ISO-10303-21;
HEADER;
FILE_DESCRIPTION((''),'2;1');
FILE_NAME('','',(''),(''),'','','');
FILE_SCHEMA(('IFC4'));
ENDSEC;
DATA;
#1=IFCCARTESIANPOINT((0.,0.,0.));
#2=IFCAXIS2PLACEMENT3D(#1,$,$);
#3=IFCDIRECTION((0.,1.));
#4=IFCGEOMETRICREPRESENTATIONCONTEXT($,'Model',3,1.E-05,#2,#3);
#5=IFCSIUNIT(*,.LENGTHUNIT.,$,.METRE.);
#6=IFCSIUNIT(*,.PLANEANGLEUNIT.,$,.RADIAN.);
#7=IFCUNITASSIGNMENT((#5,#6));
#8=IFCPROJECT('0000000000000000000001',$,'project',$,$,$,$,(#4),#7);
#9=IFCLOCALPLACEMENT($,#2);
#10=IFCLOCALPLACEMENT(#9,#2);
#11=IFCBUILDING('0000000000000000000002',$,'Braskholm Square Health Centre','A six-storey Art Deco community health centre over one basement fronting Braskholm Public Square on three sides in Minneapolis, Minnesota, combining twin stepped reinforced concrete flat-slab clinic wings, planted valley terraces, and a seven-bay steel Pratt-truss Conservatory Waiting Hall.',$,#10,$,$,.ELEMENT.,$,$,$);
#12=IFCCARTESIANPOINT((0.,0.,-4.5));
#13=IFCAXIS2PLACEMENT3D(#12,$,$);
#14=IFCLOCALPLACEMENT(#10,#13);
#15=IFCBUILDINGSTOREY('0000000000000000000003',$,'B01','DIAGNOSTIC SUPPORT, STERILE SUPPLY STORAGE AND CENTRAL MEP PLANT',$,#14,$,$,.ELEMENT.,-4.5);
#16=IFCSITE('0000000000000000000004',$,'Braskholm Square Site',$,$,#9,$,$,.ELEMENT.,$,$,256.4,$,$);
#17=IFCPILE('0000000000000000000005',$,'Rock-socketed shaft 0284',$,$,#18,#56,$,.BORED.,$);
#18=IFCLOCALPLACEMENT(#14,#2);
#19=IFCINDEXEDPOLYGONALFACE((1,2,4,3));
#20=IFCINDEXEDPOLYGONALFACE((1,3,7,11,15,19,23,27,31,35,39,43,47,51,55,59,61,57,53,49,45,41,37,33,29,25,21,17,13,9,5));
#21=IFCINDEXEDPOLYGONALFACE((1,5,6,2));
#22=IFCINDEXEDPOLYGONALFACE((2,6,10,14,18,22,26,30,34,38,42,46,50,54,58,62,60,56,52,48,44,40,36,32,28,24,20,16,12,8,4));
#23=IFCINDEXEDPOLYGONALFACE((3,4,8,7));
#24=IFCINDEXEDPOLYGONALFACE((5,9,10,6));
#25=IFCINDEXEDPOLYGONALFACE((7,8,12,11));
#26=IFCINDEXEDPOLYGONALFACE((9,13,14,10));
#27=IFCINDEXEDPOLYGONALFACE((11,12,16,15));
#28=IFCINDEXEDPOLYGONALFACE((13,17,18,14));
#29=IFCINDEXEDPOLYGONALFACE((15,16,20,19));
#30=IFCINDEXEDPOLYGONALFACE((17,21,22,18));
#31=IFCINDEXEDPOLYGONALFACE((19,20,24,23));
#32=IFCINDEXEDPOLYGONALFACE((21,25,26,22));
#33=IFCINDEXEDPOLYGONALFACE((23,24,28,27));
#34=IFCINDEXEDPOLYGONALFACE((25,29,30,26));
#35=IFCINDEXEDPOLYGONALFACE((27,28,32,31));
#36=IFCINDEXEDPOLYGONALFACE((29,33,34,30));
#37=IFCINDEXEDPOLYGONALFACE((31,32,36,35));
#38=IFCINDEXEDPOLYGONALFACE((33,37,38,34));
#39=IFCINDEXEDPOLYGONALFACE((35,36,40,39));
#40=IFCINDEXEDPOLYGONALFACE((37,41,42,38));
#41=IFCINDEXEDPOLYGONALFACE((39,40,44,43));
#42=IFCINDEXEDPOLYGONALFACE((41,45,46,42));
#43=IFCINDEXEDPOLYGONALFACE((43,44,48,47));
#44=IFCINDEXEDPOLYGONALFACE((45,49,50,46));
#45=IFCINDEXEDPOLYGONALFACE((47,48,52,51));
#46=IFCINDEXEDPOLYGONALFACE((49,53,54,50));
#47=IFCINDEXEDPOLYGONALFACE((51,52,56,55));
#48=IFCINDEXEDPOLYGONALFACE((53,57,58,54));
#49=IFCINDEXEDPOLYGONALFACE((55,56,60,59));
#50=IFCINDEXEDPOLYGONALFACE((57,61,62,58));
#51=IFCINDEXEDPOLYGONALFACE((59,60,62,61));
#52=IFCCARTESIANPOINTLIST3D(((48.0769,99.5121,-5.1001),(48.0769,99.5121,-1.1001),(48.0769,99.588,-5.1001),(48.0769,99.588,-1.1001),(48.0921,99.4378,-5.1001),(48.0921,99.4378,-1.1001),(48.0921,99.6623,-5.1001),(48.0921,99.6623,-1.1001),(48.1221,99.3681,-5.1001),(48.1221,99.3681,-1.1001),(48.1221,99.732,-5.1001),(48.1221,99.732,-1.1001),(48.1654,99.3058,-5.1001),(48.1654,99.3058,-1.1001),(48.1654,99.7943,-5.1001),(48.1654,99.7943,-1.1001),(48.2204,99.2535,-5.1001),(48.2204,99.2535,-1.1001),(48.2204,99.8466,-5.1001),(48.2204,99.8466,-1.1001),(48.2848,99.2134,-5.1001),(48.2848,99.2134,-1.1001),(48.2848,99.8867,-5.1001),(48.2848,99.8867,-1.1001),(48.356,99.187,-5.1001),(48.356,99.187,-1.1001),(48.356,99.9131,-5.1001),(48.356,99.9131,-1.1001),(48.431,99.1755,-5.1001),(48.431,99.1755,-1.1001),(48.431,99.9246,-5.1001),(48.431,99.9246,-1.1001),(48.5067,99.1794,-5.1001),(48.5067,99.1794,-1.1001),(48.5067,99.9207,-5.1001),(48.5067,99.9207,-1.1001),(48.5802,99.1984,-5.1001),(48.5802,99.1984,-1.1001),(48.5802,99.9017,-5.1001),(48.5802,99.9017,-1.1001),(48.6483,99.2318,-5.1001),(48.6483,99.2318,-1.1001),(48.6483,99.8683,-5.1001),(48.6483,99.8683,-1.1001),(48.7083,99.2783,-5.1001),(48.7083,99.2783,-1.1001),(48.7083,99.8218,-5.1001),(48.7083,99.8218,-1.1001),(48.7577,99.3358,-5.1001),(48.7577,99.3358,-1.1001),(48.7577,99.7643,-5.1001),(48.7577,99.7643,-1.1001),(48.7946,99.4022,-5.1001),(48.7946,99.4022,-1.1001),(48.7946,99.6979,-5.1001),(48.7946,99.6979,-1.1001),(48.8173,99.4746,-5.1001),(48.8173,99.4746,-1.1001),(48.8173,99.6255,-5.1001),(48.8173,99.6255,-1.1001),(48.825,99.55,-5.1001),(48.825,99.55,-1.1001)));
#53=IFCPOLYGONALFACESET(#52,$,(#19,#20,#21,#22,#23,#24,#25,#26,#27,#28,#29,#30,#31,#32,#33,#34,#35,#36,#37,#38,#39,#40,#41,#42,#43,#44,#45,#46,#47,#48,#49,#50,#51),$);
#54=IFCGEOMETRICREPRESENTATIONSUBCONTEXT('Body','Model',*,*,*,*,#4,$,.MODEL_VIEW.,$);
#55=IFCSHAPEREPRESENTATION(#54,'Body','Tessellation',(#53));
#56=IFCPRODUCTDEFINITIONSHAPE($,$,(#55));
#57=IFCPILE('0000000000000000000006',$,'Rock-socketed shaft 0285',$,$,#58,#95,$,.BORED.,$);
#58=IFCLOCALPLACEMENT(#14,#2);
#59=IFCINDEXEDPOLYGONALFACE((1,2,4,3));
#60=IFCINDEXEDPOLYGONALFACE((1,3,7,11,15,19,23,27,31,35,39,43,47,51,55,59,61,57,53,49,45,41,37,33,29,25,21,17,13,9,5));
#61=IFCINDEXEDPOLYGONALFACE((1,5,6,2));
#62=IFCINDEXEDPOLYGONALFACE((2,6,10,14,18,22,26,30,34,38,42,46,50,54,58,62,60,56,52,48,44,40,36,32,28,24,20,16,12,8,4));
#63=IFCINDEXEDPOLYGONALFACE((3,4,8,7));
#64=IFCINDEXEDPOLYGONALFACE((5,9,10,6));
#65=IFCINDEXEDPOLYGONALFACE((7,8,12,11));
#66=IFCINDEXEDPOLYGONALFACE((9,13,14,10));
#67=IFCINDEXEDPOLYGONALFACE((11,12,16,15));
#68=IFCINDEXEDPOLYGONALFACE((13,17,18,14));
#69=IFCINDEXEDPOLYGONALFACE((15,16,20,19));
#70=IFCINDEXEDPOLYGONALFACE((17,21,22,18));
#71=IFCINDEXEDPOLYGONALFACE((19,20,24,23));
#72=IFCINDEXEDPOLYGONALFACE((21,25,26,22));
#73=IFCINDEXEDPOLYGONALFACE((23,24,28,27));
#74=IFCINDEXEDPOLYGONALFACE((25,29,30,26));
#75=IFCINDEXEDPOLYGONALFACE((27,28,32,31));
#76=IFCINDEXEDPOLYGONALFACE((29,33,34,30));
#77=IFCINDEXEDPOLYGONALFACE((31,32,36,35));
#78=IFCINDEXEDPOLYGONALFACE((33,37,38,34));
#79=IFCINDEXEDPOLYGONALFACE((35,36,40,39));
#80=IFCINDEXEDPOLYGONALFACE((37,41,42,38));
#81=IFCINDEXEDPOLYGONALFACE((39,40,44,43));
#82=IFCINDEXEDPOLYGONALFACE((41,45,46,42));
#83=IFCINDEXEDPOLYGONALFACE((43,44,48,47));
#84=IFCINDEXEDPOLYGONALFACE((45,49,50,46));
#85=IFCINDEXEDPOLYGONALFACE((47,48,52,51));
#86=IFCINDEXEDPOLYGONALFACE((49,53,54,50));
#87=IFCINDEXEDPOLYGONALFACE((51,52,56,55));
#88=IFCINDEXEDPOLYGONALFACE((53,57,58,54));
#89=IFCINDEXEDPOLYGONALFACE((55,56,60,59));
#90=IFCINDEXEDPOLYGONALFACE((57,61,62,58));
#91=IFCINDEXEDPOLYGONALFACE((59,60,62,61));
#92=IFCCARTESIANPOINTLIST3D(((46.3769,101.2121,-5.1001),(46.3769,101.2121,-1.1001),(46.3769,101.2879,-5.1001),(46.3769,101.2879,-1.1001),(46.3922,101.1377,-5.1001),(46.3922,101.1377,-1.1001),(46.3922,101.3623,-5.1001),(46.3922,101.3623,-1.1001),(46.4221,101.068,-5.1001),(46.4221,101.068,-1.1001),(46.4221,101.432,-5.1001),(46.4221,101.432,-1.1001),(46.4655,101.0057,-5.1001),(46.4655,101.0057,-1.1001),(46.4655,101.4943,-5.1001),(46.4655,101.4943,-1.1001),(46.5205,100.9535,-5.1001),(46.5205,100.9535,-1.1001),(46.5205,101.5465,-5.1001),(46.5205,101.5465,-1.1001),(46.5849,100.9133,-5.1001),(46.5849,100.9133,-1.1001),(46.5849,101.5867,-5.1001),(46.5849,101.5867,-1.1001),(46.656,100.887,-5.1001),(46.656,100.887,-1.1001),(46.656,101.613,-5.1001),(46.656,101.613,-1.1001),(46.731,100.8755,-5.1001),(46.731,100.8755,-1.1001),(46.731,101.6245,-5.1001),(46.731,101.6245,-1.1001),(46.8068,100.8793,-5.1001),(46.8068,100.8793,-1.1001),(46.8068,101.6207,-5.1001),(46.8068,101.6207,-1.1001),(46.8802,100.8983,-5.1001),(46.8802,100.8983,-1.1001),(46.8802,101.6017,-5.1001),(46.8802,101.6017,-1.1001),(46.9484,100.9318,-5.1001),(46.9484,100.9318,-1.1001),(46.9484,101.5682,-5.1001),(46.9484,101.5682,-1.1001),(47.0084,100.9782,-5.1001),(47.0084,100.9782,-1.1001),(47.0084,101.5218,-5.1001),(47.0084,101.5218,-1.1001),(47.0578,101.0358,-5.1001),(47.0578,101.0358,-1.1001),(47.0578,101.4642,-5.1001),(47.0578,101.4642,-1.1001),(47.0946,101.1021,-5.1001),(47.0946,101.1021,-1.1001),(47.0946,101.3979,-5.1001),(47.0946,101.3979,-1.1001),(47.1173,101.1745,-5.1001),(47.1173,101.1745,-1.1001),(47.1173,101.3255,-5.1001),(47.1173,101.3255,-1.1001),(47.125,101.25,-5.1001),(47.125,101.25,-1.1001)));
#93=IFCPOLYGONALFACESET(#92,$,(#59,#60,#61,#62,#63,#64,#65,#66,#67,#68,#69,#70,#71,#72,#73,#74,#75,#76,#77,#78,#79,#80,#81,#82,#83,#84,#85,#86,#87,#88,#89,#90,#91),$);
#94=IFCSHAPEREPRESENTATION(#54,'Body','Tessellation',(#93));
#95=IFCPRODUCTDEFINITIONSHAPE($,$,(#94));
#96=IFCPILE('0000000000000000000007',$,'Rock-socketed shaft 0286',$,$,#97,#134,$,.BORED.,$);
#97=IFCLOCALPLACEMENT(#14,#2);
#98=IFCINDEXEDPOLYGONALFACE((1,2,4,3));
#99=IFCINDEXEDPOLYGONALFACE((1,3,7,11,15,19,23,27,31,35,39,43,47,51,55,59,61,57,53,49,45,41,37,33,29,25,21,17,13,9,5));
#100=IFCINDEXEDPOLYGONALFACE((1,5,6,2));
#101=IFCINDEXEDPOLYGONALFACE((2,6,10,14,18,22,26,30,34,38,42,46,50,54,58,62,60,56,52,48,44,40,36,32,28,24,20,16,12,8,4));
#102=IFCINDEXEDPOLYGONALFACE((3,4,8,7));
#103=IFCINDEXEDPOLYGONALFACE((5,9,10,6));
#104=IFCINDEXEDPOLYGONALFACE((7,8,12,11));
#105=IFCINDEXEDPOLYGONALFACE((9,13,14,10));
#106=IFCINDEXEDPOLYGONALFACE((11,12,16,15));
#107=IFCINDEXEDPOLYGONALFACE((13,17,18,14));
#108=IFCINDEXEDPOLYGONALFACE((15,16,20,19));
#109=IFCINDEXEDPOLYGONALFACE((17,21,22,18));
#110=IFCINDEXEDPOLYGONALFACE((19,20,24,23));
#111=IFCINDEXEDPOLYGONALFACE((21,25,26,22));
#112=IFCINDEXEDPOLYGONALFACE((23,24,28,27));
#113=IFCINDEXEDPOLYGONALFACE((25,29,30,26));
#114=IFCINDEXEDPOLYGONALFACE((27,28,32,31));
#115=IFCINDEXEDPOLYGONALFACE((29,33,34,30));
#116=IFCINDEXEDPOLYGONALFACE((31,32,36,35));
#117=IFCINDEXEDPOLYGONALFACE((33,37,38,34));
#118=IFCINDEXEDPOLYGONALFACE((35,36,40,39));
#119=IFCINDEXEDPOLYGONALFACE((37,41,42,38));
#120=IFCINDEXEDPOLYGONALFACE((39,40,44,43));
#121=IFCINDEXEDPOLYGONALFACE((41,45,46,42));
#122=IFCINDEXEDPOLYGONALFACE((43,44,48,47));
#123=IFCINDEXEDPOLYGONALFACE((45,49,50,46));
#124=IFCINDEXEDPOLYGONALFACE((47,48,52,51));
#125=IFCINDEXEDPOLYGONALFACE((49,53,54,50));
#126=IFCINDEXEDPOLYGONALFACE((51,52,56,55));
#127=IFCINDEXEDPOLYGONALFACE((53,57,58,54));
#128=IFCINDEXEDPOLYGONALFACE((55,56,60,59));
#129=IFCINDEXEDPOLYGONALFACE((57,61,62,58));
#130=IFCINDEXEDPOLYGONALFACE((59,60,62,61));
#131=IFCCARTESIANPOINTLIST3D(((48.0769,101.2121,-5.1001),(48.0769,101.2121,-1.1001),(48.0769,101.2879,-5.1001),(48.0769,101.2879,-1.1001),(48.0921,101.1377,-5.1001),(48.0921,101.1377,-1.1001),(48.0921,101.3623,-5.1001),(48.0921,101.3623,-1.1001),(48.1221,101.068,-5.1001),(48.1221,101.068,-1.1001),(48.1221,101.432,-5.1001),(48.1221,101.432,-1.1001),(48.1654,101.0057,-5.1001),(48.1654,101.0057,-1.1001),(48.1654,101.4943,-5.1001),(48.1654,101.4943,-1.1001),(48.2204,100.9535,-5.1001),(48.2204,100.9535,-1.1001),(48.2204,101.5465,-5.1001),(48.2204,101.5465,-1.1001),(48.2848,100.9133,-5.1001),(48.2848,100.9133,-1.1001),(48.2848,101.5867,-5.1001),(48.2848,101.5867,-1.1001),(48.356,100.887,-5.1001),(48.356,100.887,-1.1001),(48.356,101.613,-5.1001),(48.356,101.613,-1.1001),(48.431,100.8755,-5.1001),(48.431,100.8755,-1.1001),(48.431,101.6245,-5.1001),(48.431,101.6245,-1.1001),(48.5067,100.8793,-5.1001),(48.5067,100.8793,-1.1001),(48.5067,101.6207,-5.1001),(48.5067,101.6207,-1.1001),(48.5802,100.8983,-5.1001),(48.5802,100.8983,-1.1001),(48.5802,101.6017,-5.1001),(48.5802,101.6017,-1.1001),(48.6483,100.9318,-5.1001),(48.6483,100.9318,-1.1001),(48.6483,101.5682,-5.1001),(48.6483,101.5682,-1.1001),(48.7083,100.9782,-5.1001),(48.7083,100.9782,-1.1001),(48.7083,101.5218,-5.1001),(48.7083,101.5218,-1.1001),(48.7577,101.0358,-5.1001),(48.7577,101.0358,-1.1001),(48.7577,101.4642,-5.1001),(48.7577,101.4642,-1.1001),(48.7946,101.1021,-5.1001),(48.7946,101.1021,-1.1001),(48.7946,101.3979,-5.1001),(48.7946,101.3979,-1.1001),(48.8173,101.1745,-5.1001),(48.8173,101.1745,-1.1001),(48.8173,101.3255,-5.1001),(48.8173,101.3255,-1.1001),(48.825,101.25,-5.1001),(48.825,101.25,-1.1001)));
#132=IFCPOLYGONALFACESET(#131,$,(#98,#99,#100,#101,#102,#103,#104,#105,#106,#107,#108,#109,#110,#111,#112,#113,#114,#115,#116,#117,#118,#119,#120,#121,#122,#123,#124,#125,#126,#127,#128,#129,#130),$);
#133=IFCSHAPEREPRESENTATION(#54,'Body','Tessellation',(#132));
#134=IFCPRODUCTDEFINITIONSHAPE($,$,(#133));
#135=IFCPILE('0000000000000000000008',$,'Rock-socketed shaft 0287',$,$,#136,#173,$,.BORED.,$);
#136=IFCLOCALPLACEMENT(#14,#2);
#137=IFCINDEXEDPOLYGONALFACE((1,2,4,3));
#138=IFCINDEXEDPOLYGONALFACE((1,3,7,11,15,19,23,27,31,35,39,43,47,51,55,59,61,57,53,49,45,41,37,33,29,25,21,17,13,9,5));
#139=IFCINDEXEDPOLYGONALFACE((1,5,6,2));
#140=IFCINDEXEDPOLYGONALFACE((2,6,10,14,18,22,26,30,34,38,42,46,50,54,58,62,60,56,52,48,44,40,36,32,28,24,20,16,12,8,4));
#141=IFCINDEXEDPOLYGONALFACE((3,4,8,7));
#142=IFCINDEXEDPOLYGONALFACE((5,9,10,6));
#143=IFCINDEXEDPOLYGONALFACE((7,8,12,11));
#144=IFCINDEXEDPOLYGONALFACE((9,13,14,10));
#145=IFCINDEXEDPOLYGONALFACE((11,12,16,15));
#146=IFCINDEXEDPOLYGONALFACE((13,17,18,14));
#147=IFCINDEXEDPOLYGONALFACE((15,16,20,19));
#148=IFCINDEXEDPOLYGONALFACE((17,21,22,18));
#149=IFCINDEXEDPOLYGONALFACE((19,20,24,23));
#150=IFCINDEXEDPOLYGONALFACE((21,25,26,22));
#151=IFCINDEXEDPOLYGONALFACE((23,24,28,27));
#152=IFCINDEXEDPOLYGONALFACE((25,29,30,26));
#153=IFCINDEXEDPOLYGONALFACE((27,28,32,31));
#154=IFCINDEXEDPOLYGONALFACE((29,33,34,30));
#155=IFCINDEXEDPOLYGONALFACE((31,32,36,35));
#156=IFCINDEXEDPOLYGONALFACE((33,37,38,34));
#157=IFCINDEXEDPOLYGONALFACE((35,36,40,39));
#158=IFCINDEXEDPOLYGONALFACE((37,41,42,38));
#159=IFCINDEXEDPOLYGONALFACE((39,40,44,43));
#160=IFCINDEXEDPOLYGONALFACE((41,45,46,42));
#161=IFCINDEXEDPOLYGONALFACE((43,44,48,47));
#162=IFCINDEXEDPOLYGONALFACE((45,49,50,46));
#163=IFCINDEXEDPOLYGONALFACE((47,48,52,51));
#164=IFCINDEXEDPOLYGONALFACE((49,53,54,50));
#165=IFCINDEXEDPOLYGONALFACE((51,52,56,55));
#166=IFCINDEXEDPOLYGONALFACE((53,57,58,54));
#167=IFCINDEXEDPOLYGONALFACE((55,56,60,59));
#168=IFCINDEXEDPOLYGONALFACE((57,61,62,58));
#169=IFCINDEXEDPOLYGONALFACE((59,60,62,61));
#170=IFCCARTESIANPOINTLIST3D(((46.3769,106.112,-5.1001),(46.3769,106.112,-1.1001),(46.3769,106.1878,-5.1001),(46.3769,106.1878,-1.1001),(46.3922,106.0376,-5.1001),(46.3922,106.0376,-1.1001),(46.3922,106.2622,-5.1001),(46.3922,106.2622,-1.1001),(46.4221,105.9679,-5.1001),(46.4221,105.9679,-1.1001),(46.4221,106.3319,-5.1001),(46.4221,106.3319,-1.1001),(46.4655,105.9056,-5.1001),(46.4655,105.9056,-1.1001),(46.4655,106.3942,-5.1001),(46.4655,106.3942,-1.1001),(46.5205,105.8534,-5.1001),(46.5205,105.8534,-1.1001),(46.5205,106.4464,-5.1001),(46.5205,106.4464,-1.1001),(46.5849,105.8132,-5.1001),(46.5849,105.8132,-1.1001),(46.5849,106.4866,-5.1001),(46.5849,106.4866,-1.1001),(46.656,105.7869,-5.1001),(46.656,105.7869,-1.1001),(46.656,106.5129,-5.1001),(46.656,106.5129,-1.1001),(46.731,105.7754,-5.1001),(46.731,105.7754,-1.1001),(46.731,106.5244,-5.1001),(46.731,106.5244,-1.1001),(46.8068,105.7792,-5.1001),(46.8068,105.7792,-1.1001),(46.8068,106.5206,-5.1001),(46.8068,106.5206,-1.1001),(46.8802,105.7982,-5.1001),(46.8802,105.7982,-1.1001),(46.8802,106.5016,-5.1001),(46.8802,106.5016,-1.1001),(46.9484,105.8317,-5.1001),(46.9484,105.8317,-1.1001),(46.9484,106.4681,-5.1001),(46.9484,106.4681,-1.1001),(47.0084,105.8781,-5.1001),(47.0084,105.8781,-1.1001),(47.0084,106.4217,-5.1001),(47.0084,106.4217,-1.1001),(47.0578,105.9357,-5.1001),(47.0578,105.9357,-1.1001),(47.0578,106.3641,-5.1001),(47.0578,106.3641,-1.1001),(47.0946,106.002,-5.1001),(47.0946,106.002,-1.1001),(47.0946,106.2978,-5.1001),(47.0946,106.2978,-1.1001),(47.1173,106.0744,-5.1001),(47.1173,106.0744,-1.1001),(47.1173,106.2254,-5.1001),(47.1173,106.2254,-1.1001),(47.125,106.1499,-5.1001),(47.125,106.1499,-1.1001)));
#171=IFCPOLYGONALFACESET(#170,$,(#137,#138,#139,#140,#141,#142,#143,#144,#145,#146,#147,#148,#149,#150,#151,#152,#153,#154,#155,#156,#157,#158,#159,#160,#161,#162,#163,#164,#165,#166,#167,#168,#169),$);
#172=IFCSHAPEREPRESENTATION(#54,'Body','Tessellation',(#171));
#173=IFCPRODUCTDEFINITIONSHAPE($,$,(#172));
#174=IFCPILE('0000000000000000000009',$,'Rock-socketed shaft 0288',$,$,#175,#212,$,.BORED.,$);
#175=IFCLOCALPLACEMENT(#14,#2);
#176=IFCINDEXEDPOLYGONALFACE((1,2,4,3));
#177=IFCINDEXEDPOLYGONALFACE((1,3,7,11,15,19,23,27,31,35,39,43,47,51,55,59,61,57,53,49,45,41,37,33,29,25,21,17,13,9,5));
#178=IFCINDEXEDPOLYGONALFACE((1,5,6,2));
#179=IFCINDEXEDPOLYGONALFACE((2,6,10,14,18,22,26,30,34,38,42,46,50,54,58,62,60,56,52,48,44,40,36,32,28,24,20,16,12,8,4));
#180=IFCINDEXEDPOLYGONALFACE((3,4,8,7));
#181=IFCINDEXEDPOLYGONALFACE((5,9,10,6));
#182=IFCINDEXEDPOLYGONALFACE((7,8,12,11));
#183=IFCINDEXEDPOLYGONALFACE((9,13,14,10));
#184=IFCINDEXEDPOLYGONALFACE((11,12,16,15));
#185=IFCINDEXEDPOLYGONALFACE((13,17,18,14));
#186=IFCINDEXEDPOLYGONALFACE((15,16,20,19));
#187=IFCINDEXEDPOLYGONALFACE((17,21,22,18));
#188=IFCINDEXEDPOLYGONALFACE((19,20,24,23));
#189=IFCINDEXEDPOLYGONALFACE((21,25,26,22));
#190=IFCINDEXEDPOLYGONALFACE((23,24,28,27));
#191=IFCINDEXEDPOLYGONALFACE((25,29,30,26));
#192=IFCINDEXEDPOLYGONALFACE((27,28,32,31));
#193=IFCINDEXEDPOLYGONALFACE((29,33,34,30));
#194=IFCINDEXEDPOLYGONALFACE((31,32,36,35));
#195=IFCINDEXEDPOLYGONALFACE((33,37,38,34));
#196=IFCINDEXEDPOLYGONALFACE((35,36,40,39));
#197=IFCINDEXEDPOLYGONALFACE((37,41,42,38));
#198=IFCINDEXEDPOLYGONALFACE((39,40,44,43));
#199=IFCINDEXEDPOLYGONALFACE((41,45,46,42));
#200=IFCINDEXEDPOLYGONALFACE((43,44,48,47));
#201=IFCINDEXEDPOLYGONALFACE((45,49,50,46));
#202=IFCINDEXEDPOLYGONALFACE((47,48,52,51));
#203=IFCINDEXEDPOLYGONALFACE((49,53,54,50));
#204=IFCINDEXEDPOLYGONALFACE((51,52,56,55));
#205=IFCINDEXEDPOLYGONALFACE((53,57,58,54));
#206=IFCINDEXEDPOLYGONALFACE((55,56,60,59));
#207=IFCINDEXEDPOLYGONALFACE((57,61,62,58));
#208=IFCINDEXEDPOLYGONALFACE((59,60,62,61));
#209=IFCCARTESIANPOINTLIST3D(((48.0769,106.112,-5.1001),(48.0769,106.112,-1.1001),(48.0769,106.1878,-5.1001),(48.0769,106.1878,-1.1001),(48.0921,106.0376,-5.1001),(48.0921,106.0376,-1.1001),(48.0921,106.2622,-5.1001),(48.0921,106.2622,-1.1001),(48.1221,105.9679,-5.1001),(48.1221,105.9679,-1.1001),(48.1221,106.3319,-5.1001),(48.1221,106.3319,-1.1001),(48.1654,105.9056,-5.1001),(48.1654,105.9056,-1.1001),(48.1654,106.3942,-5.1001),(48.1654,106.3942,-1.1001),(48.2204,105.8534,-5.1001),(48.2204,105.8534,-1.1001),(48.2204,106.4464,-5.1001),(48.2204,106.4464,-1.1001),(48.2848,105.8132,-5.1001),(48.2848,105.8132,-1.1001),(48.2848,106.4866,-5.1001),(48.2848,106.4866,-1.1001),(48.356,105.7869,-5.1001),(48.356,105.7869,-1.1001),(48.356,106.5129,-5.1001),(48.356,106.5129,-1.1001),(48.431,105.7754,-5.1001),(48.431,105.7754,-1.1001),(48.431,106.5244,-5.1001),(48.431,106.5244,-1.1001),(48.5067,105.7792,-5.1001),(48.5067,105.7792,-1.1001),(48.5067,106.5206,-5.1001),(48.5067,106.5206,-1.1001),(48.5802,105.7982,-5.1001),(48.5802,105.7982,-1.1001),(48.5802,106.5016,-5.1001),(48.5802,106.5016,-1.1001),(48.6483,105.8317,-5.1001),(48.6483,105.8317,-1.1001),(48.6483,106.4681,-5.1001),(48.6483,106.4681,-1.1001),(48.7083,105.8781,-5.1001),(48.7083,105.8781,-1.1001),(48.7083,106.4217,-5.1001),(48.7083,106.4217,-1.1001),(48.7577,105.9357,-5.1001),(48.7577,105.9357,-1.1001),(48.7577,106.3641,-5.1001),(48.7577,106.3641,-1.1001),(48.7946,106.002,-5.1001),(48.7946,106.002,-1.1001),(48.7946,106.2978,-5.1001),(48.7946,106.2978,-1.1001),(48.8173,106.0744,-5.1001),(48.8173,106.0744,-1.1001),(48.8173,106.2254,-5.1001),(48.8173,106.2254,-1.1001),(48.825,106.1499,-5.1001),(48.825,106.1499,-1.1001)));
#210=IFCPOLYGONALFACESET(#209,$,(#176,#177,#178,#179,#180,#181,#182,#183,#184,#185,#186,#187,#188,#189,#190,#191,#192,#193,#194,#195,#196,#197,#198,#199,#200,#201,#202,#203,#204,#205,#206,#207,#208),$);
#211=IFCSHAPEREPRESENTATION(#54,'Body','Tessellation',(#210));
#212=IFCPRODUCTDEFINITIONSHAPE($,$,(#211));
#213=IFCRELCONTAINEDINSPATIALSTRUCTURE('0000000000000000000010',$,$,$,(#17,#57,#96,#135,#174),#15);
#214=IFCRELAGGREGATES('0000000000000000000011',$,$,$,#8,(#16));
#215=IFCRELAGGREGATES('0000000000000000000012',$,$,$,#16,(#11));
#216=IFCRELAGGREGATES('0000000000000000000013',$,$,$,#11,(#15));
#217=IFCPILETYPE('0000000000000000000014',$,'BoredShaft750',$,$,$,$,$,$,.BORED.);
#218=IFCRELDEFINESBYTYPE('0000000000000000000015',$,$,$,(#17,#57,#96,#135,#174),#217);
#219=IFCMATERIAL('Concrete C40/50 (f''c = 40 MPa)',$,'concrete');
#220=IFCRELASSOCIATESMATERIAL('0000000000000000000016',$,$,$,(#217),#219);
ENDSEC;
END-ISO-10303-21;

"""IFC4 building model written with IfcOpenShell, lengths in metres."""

from ifc_helpers import new_model, si_unit, direction, frame, origin, origin_2d, place, context, subcontext, project, spatial, circle, extrude, material, material_profile, profile_set, type_object, element, save


model = new_model("IFC4")

# Units and contexts
model_context = context("Model", 3, precision=1e-05, world=origin(), true_north=direction((0.0, 1.0)))
body_context = subcontext(model_context, "Body", "Model", "MODEL_VIEW")
ifc_project = project(units=[si_unit("LENGTHUNIT", "METRE"), si_unit("PLANEANGLEUNIT", "RADIAN")], contexts=[model_context])

# Site, building, storey
site_placement = place(None, origin())
site = spatial("IfcSite", under=ifc_project, at=site_placement, Name="Braskholm Square Site", CompositionType="ELEMENT", RefElevation=256.4)
building_placement = place(site_placement, origin())
building = spatial("IfcBuilding", under=site, at=building_placement, Name="Braskholm Square Health Centre", Description="A six-storey Art Deco community health centre over one basement fronting Braskholm Public Square on three sides in Minneapolis, Minnesota, combining twin stepped reinforced concrete flat-slab clinic wings, planted valley terraces, and a seven-bay steel Pratt-truss Conservatory Waiting Hall.", CompositionType="ELEMENT")
storey_placement = place(building_placement, frame((0.0, 0.0, -4.5)))
storey = spatial("IfcBuildingStorey", under=building, at=storey_placement, Name="B01", Description="DIAGNOSTIC SUPPORT, STERILE SUPPLY STORAGE AND CENTRAL MEP PLANT", CompositionType="ELEMENT", Elevation=-4.5)

# Piles
ifc_material_1 = material(Name="Concrete C40/50 (f'c = 40 MPa)", Category="concrete")
ifc_material_profile_1 = material_profile(ifc_material_1, circle(Radius=0.375, at=origin_2d()), Name="BORED-PILE-750")
ifc_profile_set_1 = profile_set([ifc_material_profile_1], Name="Concrete C40/50 (f'c = 40 MPa)")
pile_type_1 = type_object("IfcPileType", Name="BoredShaft750", PredefinedType="BORED", material=ifc_profile_set_1)
for number, where, z_axis, x_axis, name in (
    (1, (48.45, 99.55, -1.1001), (0.0, 0.0, -1.0), (1.0, 0.0, 0.0), "Rock-socketed shaft 0284"),
    (2, (46.75, 101.25, -1.1001), (0.0, 0.0, -1.0), (1.0, 0.0, 0.0), "Rock-socketed shaft 0285"),
    (3, (48.45, 101.25, -1.1001), (0.0, 0.0, -1.0), (1.0, 0.0, 0.0), "Rock-socketed shaft 0286"),
    (4, (46.75, 106.1499, -1.1001), (0.0, 0.0, -1.0), (1.0, 0.0, 0.0), "Rock-socketed shaft 0287"),
    (5, (48.45, 106.1499, -1.1001), (0.0, 0.0, -1.0), (1.0, 0.0, 0.0), "Rock-socketed shaft 0288"),
):
    element("IfcPile", number, at=place(storey_placement, frame(where, z_axis=z_axis, x_axis=x_axis)), inside=storey, type_object=pile_type_1, Name=name, PredefinedType="BORED", context=body_context, shape_type="SweptSolid", body=[
        extrude(circle(Radius=0.375, at=origin_2d()), origin(), (0.0, 0.0, 1.0), 4.0),
    ])

save(model, "model.ifc")
